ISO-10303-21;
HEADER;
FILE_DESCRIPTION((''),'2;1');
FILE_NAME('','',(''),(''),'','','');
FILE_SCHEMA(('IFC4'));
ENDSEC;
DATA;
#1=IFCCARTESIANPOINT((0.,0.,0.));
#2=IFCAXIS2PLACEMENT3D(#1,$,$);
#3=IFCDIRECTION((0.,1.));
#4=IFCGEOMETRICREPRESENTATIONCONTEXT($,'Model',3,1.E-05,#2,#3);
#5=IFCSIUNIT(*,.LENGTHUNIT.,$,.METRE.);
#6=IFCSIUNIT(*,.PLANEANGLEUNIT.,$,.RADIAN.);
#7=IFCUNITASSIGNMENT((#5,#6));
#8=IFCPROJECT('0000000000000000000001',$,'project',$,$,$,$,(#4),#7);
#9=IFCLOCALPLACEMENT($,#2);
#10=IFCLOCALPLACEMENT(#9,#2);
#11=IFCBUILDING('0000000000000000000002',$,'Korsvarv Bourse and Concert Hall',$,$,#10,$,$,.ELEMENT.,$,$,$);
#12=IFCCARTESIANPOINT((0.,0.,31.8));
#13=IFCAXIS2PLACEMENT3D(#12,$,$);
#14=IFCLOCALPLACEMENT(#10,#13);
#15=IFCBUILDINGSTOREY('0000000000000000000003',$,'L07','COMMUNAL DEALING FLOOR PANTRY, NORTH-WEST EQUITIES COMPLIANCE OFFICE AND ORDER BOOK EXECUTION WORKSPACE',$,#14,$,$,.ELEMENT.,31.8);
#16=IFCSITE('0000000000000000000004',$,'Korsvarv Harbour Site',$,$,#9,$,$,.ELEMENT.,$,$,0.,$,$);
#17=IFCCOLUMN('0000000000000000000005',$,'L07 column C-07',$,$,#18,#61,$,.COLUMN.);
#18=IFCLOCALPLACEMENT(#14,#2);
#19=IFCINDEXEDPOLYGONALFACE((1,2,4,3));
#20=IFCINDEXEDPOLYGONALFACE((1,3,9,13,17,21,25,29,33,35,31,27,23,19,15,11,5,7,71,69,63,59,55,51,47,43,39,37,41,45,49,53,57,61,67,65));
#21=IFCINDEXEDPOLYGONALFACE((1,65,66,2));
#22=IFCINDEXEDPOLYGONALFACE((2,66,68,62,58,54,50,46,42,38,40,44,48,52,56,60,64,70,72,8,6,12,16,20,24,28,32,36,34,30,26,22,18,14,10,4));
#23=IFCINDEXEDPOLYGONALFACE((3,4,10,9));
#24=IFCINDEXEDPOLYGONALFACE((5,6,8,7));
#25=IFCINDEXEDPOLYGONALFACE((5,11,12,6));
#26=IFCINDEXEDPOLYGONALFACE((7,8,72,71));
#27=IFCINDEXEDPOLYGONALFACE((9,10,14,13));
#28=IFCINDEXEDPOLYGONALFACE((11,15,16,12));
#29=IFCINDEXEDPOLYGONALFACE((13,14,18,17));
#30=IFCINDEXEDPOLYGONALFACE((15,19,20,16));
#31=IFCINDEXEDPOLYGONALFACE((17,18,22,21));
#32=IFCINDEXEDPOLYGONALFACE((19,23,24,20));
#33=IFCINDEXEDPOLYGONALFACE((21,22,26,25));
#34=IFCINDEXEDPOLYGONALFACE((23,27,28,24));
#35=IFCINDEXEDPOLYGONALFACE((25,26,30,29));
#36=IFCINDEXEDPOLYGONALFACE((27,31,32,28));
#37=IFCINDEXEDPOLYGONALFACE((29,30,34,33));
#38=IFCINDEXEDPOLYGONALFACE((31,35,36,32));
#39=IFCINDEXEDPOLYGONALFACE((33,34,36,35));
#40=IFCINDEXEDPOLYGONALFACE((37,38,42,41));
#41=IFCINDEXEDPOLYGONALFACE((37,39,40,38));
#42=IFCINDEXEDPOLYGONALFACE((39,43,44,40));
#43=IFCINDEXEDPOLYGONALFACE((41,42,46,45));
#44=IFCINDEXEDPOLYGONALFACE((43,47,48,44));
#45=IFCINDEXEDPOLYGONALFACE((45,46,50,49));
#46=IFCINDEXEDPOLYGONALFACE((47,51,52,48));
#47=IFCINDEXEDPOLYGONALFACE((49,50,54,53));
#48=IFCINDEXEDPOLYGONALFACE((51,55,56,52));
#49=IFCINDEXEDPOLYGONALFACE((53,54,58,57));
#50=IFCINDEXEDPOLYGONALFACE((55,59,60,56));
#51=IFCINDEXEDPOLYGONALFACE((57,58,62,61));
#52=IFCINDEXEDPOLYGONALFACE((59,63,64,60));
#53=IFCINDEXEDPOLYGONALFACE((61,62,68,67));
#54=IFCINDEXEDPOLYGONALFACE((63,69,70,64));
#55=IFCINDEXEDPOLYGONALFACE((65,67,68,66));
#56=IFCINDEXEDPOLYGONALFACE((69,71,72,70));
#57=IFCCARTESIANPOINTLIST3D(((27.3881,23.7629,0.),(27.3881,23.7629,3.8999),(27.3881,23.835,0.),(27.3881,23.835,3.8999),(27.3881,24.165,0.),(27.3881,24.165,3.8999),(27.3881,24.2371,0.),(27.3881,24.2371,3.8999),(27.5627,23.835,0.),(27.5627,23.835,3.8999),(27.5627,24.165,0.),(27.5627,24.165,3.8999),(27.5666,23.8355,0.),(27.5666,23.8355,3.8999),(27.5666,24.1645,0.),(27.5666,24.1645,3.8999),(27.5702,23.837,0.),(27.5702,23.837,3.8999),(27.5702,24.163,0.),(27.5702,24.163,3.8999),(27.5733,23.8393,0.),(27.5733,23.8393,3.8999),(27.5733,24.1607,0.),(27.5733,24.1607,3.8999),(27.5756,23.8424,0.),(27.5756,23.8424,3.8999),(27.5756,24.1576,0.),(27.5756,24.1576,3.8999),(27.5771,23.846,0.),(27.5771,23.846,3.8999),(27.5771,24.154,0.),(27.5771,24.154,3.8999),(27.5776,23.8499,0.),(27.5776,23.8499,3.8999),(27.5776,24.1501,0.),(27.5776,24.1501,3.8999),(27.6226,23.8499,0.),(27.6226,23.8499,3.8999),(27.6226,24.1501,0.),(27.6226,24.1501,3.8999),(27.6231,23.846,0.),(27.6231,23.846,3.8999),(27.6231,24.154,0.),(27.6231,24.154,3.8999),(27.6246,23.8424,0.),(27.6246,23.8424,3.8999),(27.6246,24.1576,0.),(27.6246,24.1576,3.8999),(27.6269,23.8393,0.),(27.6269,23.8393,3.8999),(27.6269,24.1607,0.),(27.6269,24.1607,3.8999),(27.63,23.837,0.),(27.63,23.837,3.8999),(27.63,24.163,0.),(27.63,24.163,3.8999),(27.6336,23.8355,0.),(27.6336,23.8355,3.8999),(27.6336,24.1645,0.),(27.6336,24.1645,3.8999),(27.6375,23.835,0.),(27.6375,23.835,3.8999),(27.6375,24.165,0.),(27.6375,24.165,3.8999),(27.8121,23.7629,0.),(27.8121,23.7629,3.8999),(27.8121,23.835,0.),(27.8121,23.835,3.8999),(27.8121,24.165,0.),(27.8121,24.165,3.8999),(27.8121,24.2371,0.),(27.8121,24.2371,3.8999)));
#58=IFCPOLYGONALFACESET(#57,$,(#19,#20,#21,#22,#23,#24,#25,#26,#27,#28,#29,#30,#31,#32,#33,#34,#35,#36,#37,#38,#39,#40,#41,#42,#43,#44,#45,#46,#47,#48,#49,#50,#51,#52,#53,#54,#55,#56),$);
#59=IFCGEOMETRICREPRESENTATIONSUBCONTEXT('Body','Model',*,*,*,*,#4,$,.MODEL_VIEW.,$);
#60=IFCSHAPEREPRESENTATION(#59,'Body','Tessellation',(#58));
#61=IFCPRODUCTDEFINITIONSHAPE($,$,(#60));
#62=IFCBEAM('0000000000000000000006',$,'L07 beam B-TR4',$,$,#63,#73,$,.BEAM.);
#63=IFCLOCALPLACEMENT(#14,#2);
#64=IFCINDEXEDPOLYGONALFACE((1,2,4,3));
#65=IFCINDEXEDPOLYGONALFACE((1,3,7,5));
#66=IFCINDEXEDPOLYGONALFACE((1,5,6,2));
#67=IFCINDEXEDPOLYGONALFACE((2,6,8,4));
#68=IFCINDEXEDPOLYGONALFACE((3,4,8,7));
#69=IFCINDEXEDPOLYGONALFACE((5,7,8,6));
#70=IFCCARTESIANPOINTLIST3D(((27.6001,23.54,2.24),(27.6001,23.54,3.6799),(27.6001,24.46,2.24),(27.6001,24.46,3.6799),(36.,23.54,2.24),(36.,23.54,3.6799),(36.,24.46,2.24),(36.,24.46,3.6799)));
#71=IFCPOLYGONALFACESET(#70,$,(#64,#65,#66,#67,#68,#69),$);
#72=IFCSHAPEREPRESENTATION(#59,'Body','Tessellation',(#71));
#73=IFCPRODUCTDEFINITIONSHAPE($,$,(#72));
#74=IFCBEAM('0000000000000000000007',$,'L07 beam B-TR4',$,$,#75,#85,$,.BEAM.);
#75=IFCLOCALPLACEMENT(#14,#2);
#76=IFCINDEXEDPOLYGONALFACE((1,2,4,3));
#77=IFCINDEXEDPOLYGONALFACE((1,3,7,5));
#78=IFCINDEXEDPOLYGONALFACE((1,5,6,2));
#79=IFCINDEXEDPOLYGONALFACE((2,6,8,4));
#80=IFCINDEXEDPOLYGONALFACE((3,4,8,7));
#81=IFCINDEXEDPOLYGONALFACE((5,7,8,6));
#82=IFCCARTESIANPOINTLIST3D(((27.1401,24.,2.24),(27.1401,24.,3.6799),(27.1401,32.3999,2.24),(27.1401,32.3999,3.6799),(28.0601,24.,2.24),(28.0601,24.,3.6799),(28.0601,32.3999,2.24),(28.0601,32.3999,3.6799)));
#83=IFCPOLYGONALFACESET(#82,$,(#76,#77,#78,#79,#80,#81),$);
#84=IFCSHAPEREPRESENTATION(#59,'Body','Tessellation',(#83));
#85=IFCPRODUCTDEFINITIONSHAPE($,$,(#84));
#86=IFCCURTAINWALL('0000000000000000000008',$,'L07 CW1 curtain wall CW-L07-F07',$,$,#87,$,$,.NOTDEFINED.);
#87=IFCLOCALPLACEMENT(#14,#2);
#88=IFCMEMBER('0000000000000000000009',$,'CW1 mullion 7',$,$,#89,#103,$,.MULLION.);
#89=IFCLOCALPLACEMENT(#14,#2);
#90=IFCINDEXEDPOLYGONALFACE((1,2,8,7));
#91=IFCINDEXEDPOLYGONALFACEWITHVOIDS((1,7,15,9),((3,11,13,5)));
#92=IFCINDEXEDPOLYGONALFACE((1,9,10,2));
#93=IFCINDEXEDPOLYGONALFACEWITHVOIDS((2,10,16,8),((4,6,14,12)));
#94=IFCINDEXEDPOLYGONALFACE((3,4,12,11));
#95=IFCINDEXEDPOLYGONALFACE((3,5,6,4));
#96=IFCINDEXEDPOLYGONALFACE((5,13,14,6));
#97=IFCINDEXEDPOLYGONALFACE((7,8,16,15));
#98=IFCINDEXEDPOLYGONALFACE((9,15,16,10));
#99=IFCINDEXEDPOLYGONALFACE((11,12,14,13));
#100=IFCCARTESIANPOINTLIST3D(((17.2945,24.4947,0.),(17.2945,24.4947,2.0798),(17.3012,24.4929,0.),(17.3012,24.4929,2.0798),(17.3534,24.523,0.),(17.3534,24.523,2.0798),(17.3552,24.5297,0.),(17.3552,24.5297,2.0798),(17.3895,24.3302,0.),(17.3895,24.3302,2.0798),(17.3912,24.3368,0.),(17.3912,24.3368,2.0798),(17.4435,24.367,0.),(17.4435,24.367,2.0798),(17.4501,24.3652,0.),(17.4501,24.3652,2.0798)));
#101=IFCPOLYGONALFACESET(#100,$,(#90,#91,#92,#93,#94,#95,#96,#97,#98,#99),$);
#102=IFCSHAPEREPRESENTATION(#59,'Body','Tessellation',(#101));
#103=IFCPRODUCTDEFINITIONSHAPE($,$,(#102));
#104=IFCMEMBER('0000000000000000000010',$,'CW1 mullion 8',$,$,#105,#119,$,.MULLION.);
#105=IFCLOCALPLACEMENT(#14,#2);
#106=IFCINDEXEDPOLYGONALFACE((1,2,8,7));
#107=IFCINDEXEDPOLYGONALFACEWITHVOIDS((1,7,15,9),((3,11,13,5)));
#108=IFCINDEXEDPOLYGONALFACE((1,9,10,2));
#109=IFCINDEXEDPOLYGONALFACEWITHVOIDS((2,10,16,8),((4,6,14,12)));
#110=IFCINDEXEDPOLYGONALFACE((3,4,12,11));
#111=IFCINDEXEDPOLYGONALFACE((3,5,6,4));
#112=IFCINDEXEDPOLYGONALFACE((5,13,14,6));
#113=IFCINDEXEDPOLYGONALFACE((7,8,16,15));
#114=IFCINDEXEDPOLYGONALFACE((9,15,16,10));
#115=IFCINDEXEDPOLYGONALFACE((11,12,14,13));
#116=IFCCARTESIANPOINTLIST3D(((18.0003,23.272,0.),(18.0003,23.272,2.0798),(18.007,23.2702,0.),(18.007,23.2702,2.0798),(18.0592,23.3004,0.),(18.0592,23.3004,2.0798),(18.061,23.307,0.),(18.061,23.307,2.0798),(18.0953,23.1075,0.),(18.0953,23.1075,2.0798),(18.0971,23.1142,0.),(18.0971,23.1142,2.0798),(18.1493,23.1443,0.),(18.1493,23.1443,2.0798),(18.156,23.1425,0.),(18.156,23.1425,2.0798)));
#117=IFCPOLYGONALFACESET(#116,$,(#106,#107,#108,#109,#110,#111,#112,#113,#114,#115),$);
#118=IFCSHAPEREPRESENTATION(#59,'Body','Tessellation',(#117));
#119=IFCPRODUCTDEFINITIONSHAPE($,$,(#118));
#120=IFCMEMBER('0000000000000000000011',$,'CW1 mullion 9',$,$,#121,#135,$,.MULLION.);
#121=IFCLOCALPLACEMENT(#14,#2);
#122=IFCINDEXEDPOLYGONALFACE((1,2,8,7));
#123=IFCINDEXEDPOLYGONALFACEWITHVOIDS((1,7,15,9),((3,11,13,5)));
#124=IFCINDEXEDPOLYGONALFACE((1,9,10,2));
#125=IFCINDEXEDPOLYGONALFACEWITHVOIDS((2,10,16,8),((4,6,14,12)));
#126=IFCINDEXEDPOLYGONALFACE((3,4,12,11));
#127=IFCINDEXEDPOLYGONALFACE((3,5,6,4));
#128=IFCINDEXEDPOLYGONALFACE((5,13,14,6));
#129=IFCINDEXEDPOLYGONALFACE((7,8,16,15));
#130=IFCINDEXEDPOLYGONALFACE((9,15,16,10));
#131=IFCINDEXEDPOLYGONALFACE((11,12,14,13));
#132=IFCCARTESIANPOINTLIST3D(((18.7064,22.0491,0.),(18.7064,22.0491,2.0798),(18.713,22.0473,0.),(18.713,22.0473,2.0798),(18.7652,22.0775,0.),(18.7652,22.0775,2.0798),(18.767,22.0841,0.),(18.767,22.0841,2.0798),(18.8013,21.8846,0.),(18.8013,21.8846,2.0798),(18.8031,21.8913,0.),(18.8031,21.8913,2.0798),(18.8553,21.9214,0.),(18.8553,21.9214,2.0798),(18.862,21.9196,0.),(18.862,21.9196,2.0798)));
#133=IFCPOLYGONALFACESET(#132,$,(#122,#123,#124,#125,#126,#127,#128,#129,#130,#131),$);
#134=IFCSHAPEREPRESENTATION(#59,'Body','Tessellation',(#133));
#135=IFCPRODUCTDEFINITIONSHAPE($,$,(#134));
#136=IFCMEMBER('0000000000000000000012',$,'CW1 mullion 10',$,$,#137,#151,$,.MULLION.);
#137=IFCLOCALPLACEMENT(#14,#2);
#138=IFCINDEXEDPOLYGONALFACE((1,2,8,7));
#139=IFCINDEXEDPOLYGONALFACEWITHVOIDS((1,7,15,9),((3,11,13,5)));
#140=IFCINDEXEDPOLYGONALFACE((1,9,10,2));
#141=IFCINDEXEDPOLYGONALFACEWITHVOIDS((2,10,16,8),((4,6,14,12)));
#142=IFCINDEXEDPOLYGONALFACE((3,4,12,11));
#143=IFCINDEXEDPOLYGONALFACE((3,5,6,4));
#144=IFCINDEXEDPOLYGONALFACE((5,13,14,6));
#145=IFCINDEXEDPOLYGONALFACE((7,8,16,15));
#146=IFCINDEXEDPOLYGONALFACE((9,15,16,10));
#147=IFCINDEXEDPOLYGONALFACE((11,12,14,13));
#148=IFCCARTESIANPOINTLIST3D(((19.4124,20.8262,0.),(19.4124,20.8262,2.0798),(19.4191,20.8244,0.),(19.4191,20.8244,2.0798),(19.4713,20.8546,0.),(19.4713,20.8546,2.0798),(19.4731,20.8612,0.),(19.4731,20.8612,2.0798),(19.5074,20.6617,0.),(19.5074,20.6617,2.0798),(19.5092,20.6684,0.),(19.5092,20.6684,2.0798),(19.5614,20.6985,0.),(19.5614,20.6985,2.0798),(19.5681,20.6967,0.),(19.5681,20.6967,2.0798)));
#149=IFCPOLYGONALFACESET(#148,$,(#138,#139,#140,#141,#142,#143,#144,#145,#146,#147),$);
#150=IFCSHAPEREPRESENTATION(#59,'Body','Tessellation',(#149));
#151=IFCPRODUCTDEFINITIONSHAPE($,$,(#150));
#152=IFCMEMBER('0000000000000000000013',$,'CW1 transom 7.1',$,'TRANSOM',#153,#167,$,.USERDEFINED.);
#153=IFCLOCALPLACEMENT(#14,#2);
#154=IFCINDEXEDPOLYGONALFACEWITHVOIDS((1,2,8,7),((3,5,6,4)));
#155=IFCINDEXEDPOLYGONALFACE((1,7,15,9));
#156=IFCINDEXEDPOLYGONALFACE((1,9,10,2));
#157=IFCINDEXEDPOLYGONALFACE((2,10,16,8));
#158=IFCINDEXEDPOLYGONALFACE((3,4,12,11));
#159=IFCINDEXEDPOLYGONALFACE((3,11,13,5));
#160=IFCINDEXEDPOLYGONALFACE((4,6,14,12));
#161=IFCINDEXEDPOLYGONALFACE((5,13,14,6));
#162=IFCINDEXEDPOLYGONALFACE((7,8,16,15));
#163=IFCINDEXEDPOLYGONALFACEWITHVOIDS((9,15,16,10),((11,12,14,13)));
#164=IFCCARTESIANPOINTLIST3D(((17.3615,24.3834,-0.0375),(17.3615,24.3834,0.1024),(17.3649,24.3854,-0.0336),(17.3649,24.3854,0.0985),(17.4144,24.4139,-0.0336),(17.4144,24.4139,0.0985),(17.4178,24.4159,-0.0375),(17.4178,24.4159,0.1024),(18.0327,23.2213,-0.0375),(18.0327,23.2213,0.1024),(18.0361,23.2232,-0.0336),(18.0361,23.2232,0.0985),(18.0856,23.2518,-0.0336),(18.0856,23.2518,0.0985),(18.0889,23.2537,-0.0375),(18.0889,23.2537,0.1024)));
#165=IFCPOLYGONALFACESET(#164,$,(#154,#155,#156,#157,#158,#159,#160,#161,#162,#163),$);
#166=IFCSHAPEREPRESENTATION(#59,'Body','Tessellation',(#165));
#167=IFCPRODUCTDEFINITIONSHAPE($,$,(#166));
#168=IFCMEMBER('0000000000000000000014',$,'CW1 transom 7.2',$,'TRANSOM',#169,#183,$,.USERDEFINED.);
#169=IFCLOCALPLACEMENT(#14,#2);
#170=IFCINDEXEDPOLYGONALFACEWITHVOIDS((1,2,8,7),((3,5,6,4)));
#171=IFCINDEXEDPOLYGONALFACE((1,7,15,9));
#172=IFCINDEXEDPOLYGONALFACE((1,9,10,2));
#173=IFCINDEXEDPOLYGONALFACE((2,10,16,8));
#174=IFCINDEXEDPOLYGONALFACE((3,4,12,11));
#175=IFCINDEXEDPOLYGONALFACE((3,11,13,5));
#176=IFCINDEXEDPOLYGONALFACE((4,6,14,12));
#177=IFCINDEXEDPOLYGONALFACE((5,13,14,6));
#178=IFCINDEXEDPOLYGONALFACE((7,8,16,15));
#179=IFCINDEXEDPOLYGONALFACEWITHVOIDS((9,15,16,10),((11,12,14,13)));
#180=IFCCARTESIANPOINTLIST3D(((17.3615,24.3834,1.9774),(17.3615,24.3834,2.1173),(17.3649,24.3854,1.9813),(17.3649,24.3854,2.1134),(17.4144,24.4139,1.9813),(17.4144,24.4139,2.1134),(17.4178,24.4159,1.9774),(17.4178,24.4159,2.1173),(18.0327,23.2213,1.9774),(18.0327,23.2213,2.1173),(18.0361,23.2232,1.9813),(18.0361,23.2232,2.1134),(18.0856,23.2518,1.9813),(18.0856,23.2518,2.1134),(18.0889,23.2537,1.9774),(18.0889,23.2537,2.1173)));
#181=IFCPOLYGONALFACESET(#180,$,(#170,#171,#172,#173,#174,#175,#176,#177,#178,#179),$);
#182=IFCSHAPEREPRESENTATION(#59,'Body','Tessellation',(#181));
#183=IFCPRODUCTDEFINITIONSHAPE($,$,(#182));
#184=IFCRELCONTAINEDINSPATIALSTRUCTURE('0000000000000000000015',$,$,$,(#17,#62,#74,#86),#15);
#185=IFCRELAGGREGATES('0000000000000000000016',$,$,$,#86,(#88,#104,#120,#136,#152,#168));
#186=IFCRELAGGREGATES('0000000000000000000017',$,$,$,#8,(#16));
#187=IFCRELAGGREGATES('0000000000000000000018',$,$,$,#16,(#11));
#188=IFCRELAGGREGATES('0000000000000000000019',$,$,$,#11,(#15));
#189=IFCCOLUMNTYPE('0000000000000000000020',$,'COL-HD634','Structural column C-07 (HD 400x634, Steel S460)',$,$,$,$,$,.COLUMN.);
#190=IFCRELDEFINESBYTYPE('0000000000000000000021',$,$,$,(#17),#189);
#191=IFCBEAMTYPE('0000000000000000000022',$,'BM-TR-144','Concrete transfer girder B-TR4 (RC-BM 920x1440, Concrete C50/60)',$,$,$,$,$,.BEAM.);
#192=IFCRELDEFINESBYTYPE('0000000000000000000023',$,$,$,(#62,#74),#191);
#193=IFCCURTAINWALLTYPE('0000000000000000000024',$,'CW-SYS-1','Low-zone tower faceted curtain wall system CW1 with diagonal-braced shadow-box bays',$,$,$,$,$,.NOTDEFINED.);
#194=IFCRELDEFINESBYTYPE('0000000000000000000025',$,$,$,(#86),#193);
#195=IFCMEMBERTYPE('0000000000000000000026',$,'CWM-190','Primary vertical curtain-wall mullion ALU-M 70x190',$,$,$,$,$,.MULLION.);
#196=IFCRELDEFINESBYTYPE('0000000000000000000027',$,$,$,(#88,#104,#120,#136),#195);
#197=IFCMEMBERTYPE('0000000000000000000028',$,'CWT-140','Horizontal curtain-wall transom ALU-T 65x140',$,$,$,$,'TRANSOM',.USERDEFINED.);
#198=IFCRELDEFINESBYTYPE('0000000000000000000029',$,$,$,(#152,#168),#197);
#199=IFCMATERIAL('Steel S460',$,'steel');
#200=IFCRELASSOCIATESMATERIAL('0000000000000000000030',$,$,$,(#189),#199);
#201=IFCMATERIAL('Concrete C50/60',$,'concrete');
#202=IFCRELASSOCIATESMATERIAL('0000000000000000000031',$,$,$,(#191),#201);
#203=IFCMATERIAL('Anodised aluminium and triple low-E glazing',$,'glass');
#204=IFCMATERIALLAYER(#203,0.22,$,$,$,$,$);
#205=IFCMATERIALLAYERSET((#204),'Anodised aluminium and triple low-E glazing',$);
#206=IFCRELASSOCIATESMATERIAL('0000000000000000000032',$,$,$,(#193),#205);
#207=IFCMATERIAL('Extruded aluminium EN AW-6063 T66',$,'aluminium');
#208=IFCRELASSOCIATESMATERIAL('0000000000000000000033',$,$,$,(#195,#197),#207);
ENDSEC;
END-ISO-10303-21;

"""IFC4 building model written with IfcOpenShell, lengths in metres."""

from ifc_helpers import new_model, si_unit, direction, frame, origin, origin_2d, place, context, subcontext, project, spatial, rectangle, hollow_rectangle, i_section, extrude, source, transform, mapped, material, layer, layer_set, material_profile, profile_set, type_object, element, aggregate, save


model = new_model("IFC4")

# Units and contexts
model_context = context("Model", 3, precision=1e-05, world=origin(), true_north=direction((0.0, 1.0)))
body_context = subcontext(model_context, "Body", "Model", "MODEL_VIEW")
ifc_project = project(units=[si_unit("LENGTHUNIT", "METRE"), si_unit("PLANEANGLEUNIT", "RADIAN")], contexts=[model_context])

# Site, building, storey
site_placement = place(None, origin())
site = spatial("IfcSite", under=ifc_project, at=site_placement, Name="Korsvarv Harbour Site", CompositionType="ELEMENT", RefElevation=0.0)
building_placement = place(site_placement, origin())
building = spatial("IfcBuilding", under=site, at=building_placement, Name="Korsvarv Bourse and Concert Hall", CompositionType="ELEMENT")
storey_placement = place(building_placement, frame((0.0, 0.0, 31.8)))
storey = spatial("IfcBuildingStorey", under=building, at=storey_placement, Name="L07", Description="COMMUNAL DEALING FLOOR PANTRY, NORTH-WEST EQUITIES COMPLIANCE OFFICE AND ORDER BOOK EXECUTION WORKSPACE", CompositionType="ELEMENT", Elevation=31.8)

# Column
ifc_material_1 = material(Name="Steel S460", Category="steel")
ifc_material_profile_1 = material_profile(ifc_material_1, i_section(OverallWidth=0.4241, OverallDepth=0.4741, WebThickness=0.0449, FlangeThickness=0.072, FilletRadius=0.0149, at=origin_2d()), Name="HD 400x634")
ifc_profile_set_1 = profile_set([ifc_material_profile_1], Name="Steel S460")
column_type = type_object("IfcColumnType", Name="COL-HD634", Description="Structural column C-07 (HD 400x634, Steel S460)", PredefinedType="COLUMN", material=ifc_profile_set_1)
shared_shape_1 = source(origin(), body_context, "Body", "SweptSolid", [
    extrude(i_section(OverallWidth=0.4241, OverallDepth=0.4741, WebThickness=0.0449, FlangeThickness=0.072, FilletRadius=0.0149, at=origin_2d()), origin(), (0.0, 0.0, 1.0), 3.8999),
])
column_placement = place(storey_placement, frame((27.6001, 24.0, 0.0), z_axis=(0.0, 0.0, 1.0), x_axis=(1.0, 0.0, 0.0)))
element("IfcColumn", 1, at=column_placement, inside=storey, type_object=column_type, Name="L07 column C-07", PredefinedType="COLUMN", context=body_context, shape_type="MappedRepresentation", body=[
    mapped(shared_shape_1, transform((0.0, 0.0, 0.0), scale=1.0)),
])

# Beams
ifc_material_2 = material(Name="Concrete C50/60", Category="concrete")
ifc_material_profile_2 = material_profile(ifc_material_2, rectangle(XDim=0.9199, YDim=1.4399, at=origin_2d()), Name="RC-BM 920x1440")
ifc_profile_set_2 = profile_set([ifc_material_profile_2], Name="Concrete C50/60")
beam_type = type_object("IfcBeamType", Name="BM-TR-144", Description="Concrete transfer girder B-TR4 (RC-BM 920x1440, Concrete C50/60)", PredefinedType="BEAM", material=ifc_profile_set_2)
shared_shape_2 = source(origin(), body_context, "Body", "SweptSolid", [
    extrude(rectangle(XDim=0.9199, YDim=1.4399, at=origin_2d()), origin(), (0.0, 0.0, 1.0), 8.3999),
])
for number, where, z_axis, x_axis, name in (
    (2, (27.6001, 24.0, 2.96), (1.0, 0.0, 0.0), (0.0, 1.0, 0.0), "L07 beam B-TR4"),
    (3, (27.6001, 24.0, 2.96), (0.0, 1.0, 0.0), (-1.0, 0.0, 0.0), "L07 beam B-TR4"),
):
    element("IfcBeam", number, at=place(storey_placement, frame(where, z_axis=z_axis, x_axis=x_axis)), inside=storey, type_object=beam_type, Name=name, PredefinedType="BEAM", context=body_context, shape_type="MappedRepresentation", body=[
        mapped(shared_shape_2, transform((0.0, 0.0, 0.0), scale=1.0)),
    ])

# Curtain wall, members
ifc_material_3 = material(Name="Anodised aluminium and triple low-E glazing", Category="glass")
ifc_layer_1 = layer(ifc_material_3, 0.22)
ifc_layer_set_1 = layer_set([ifc_layer_1], Name="Anodised aluminium and triple low-E glazing")
curtain_wall_type = type_object("IfcCurtainWallType", Name="CW-SYS-1", Description="Low-zone tower faceted curtain wall system CW1 with diagonal-braced shadow-box bays", PredefinedType="NOTDEFINED", material=ifc_layer_set_1)
curtain_wall_placement = place(storey_placement, origin())
curtain_wall = element("IfcCurtainWall", 4, at=curtain_wall_placement, inside=storey, type_object=curtain_wall_type, Name="L07 CW1 curtain wall CW-L07-F07", PredefinedType="NOTDEFINED")
ifc_material_4 = material(Name="Extruded aluminium EN AW-6063 T66", Category="aluminium")
ifc_material_profile_3 = material_profile(ifc_material_4, hollow_rectangle(XDim=0.0701, YDim=0.1899, WallThickness=0.0049, at=origin_2d()), Name="ALU-M 70x190")
ifc_profile_set_3 = profile_set([ifc_material_profile_3], Name="Extruded aluminium EN AW-6063 T66")
member_type_1 = type_object("IfcMemberType", Name="CWM-190", Description="Primary vertical curtain-wall mullion ALU-M 70x190", PredefinedType="MULLION", material=ifc_profile_set_3)
shared_shape_3 = source(origin(), body_context, "Body", "SweptSolid", [
    extrude(hollow_rectangle(XDim=0.0701, YDim=0.1899, WallThickness=0.0049, at=origin_2d()), origin(), (0.0, 0.0, 1.0), 2.0798),
])
member_1_placement = place(storey_placement, frame((17.3723, 24.4299, 0.0), z_axis=(0.0, 0.0, 1.0), x_axis=(0.866029, 0.499995, 0.0)))
member_1 = element("IfcMember", 5, at=member_1_placement, type_object=member_type_1, Name="CW1 mullion 7", PredefinedType="MULLION", context=body_context, shape_type="MappedRepresentation", body=[
    mapped(shared_shape_3, transform((0.0, 0.0, 0.0), scale=1.0)),
])
member_2_placement = place(storey_placement, frame((18.0781, 23.2073, 0.0), z_axis=(0.0, 0.0, 1.0), x_axis=(0.866029, 0.499995, 0.0)))
member_2 = element("IfcMember", 6, at=member_2_placement, type_object=member_type_1, Name="CW1 mullion 8", PredefinedType="MULLION", context=body_context, shape_type="MappedRepresentation", body=[
    mapped(shared_shape_3, transform((0.0, 0.0, 0.0), scale=1.0)),
])
member_3_placement = place(storey_placement, frame((18.7842, 21.9844, 0.0), z_axis=(0.0, 0.0, 1.0), x_axis=(0.866029, 0.499995, 0.0)))
member_3 = element("IfcMember", 7, at=member_3_placement, type_object=member_type_1, Name="CW1 mullion 9", PredefinedType="MULLION", context=body_context, shape_type="MappedRepresentation", body=[
    mapped(shared_shape_3, transform((0.0, 0.0, 0.0), scale=1.0)),
])
member_4_placement = place(storey_placement, frame((19.4902, 20.7615, 0.0), z_axis=(0.0, 0.0, 1.0), x_axis=(0.866029, 0.499995, 0.0)))
member_4 = element("IfcMember", 8, at=member_4_placement, type_object=member_type_1, Name="CW1 mullion 10", PredefinedType="MULLION", context=body_context, shape_type="MappedRepresentation", body=[
    mapped(shared_shape_3, transform((0.0, 0.0, 0.0), scale=1.0)),
])
ifc_material_profile_4 = material_profile(ifc_material_4, hollow_rectangle(XDim=0.0649, YDim=0.1399, WallThickness=0.0039, at=origin_2d()), Name="ALU-T 65x140")
ifc_profile_set_4 = profile_set([ifc_material_profile_4], Name="Extruded aluminium EN AW-6063 T66")
member_type_2 = type_object("IfcMemberType", Name="CWT-140", Description="Horizontal curtain-wall transom ALU-T 65x140", ElementType="TRANSOM", PredefinedType="USERDEFINED", material=ifc_profile_set_4)
shared_shape_4 = source(origin(), body_context, "Body", "SweptSolid", [
    extrude(hollow_rectangle(XDim=0.0649, YDim=0.1399, WallThickness=0.0039, at=origin_2d()), origin(), (0.0, 0.0, 1.0), 1.342),
])
member_5_placement = place(storey_placement, frame((17.3896, 24.3997, 0.0325), z_axis=(0.500111, -0.865961, 0.0), x_axis=(0.865961, 0.500111, 0.0)))
member_5 = element("IfcMember", 9, at=member_5_placement, type_object=member_type_2, Name="CW1 transom 7.1", ObjectType="TRANSOM", PredefinedType="USERDEFINED", context=body_context, shape_type="MappedRepresentation", body=[
    mapped(shared_shape_4, transform((0.0, 0.0, 0.0), scale=1.0)),
])
member_6_placement = place(storey_placement, frame((17.3896, 24.3997, 2.0474), z_axis=(0.500111, -0.865961, 0.0), x_axis=(0.865961, 0.500111, 0.0)))
member_6 = element("IfcMember", 10, at=member_6_placement, type_object=member_type_2, Name="CW1 transom 7.2", ObjectType="TRANSOM", PredefinedType="USERDEFINED", context=body_context, shape_type="MappedRepresentation", body=[
    mapped(shared_shape_4, transform((0.0, 0.0, 0.0), scale=1.0)),
])
aggregate(curtain_wall, [member_1, member_2, member_3, member_4, member_5, member_6])

save(model, "model.ifc")
